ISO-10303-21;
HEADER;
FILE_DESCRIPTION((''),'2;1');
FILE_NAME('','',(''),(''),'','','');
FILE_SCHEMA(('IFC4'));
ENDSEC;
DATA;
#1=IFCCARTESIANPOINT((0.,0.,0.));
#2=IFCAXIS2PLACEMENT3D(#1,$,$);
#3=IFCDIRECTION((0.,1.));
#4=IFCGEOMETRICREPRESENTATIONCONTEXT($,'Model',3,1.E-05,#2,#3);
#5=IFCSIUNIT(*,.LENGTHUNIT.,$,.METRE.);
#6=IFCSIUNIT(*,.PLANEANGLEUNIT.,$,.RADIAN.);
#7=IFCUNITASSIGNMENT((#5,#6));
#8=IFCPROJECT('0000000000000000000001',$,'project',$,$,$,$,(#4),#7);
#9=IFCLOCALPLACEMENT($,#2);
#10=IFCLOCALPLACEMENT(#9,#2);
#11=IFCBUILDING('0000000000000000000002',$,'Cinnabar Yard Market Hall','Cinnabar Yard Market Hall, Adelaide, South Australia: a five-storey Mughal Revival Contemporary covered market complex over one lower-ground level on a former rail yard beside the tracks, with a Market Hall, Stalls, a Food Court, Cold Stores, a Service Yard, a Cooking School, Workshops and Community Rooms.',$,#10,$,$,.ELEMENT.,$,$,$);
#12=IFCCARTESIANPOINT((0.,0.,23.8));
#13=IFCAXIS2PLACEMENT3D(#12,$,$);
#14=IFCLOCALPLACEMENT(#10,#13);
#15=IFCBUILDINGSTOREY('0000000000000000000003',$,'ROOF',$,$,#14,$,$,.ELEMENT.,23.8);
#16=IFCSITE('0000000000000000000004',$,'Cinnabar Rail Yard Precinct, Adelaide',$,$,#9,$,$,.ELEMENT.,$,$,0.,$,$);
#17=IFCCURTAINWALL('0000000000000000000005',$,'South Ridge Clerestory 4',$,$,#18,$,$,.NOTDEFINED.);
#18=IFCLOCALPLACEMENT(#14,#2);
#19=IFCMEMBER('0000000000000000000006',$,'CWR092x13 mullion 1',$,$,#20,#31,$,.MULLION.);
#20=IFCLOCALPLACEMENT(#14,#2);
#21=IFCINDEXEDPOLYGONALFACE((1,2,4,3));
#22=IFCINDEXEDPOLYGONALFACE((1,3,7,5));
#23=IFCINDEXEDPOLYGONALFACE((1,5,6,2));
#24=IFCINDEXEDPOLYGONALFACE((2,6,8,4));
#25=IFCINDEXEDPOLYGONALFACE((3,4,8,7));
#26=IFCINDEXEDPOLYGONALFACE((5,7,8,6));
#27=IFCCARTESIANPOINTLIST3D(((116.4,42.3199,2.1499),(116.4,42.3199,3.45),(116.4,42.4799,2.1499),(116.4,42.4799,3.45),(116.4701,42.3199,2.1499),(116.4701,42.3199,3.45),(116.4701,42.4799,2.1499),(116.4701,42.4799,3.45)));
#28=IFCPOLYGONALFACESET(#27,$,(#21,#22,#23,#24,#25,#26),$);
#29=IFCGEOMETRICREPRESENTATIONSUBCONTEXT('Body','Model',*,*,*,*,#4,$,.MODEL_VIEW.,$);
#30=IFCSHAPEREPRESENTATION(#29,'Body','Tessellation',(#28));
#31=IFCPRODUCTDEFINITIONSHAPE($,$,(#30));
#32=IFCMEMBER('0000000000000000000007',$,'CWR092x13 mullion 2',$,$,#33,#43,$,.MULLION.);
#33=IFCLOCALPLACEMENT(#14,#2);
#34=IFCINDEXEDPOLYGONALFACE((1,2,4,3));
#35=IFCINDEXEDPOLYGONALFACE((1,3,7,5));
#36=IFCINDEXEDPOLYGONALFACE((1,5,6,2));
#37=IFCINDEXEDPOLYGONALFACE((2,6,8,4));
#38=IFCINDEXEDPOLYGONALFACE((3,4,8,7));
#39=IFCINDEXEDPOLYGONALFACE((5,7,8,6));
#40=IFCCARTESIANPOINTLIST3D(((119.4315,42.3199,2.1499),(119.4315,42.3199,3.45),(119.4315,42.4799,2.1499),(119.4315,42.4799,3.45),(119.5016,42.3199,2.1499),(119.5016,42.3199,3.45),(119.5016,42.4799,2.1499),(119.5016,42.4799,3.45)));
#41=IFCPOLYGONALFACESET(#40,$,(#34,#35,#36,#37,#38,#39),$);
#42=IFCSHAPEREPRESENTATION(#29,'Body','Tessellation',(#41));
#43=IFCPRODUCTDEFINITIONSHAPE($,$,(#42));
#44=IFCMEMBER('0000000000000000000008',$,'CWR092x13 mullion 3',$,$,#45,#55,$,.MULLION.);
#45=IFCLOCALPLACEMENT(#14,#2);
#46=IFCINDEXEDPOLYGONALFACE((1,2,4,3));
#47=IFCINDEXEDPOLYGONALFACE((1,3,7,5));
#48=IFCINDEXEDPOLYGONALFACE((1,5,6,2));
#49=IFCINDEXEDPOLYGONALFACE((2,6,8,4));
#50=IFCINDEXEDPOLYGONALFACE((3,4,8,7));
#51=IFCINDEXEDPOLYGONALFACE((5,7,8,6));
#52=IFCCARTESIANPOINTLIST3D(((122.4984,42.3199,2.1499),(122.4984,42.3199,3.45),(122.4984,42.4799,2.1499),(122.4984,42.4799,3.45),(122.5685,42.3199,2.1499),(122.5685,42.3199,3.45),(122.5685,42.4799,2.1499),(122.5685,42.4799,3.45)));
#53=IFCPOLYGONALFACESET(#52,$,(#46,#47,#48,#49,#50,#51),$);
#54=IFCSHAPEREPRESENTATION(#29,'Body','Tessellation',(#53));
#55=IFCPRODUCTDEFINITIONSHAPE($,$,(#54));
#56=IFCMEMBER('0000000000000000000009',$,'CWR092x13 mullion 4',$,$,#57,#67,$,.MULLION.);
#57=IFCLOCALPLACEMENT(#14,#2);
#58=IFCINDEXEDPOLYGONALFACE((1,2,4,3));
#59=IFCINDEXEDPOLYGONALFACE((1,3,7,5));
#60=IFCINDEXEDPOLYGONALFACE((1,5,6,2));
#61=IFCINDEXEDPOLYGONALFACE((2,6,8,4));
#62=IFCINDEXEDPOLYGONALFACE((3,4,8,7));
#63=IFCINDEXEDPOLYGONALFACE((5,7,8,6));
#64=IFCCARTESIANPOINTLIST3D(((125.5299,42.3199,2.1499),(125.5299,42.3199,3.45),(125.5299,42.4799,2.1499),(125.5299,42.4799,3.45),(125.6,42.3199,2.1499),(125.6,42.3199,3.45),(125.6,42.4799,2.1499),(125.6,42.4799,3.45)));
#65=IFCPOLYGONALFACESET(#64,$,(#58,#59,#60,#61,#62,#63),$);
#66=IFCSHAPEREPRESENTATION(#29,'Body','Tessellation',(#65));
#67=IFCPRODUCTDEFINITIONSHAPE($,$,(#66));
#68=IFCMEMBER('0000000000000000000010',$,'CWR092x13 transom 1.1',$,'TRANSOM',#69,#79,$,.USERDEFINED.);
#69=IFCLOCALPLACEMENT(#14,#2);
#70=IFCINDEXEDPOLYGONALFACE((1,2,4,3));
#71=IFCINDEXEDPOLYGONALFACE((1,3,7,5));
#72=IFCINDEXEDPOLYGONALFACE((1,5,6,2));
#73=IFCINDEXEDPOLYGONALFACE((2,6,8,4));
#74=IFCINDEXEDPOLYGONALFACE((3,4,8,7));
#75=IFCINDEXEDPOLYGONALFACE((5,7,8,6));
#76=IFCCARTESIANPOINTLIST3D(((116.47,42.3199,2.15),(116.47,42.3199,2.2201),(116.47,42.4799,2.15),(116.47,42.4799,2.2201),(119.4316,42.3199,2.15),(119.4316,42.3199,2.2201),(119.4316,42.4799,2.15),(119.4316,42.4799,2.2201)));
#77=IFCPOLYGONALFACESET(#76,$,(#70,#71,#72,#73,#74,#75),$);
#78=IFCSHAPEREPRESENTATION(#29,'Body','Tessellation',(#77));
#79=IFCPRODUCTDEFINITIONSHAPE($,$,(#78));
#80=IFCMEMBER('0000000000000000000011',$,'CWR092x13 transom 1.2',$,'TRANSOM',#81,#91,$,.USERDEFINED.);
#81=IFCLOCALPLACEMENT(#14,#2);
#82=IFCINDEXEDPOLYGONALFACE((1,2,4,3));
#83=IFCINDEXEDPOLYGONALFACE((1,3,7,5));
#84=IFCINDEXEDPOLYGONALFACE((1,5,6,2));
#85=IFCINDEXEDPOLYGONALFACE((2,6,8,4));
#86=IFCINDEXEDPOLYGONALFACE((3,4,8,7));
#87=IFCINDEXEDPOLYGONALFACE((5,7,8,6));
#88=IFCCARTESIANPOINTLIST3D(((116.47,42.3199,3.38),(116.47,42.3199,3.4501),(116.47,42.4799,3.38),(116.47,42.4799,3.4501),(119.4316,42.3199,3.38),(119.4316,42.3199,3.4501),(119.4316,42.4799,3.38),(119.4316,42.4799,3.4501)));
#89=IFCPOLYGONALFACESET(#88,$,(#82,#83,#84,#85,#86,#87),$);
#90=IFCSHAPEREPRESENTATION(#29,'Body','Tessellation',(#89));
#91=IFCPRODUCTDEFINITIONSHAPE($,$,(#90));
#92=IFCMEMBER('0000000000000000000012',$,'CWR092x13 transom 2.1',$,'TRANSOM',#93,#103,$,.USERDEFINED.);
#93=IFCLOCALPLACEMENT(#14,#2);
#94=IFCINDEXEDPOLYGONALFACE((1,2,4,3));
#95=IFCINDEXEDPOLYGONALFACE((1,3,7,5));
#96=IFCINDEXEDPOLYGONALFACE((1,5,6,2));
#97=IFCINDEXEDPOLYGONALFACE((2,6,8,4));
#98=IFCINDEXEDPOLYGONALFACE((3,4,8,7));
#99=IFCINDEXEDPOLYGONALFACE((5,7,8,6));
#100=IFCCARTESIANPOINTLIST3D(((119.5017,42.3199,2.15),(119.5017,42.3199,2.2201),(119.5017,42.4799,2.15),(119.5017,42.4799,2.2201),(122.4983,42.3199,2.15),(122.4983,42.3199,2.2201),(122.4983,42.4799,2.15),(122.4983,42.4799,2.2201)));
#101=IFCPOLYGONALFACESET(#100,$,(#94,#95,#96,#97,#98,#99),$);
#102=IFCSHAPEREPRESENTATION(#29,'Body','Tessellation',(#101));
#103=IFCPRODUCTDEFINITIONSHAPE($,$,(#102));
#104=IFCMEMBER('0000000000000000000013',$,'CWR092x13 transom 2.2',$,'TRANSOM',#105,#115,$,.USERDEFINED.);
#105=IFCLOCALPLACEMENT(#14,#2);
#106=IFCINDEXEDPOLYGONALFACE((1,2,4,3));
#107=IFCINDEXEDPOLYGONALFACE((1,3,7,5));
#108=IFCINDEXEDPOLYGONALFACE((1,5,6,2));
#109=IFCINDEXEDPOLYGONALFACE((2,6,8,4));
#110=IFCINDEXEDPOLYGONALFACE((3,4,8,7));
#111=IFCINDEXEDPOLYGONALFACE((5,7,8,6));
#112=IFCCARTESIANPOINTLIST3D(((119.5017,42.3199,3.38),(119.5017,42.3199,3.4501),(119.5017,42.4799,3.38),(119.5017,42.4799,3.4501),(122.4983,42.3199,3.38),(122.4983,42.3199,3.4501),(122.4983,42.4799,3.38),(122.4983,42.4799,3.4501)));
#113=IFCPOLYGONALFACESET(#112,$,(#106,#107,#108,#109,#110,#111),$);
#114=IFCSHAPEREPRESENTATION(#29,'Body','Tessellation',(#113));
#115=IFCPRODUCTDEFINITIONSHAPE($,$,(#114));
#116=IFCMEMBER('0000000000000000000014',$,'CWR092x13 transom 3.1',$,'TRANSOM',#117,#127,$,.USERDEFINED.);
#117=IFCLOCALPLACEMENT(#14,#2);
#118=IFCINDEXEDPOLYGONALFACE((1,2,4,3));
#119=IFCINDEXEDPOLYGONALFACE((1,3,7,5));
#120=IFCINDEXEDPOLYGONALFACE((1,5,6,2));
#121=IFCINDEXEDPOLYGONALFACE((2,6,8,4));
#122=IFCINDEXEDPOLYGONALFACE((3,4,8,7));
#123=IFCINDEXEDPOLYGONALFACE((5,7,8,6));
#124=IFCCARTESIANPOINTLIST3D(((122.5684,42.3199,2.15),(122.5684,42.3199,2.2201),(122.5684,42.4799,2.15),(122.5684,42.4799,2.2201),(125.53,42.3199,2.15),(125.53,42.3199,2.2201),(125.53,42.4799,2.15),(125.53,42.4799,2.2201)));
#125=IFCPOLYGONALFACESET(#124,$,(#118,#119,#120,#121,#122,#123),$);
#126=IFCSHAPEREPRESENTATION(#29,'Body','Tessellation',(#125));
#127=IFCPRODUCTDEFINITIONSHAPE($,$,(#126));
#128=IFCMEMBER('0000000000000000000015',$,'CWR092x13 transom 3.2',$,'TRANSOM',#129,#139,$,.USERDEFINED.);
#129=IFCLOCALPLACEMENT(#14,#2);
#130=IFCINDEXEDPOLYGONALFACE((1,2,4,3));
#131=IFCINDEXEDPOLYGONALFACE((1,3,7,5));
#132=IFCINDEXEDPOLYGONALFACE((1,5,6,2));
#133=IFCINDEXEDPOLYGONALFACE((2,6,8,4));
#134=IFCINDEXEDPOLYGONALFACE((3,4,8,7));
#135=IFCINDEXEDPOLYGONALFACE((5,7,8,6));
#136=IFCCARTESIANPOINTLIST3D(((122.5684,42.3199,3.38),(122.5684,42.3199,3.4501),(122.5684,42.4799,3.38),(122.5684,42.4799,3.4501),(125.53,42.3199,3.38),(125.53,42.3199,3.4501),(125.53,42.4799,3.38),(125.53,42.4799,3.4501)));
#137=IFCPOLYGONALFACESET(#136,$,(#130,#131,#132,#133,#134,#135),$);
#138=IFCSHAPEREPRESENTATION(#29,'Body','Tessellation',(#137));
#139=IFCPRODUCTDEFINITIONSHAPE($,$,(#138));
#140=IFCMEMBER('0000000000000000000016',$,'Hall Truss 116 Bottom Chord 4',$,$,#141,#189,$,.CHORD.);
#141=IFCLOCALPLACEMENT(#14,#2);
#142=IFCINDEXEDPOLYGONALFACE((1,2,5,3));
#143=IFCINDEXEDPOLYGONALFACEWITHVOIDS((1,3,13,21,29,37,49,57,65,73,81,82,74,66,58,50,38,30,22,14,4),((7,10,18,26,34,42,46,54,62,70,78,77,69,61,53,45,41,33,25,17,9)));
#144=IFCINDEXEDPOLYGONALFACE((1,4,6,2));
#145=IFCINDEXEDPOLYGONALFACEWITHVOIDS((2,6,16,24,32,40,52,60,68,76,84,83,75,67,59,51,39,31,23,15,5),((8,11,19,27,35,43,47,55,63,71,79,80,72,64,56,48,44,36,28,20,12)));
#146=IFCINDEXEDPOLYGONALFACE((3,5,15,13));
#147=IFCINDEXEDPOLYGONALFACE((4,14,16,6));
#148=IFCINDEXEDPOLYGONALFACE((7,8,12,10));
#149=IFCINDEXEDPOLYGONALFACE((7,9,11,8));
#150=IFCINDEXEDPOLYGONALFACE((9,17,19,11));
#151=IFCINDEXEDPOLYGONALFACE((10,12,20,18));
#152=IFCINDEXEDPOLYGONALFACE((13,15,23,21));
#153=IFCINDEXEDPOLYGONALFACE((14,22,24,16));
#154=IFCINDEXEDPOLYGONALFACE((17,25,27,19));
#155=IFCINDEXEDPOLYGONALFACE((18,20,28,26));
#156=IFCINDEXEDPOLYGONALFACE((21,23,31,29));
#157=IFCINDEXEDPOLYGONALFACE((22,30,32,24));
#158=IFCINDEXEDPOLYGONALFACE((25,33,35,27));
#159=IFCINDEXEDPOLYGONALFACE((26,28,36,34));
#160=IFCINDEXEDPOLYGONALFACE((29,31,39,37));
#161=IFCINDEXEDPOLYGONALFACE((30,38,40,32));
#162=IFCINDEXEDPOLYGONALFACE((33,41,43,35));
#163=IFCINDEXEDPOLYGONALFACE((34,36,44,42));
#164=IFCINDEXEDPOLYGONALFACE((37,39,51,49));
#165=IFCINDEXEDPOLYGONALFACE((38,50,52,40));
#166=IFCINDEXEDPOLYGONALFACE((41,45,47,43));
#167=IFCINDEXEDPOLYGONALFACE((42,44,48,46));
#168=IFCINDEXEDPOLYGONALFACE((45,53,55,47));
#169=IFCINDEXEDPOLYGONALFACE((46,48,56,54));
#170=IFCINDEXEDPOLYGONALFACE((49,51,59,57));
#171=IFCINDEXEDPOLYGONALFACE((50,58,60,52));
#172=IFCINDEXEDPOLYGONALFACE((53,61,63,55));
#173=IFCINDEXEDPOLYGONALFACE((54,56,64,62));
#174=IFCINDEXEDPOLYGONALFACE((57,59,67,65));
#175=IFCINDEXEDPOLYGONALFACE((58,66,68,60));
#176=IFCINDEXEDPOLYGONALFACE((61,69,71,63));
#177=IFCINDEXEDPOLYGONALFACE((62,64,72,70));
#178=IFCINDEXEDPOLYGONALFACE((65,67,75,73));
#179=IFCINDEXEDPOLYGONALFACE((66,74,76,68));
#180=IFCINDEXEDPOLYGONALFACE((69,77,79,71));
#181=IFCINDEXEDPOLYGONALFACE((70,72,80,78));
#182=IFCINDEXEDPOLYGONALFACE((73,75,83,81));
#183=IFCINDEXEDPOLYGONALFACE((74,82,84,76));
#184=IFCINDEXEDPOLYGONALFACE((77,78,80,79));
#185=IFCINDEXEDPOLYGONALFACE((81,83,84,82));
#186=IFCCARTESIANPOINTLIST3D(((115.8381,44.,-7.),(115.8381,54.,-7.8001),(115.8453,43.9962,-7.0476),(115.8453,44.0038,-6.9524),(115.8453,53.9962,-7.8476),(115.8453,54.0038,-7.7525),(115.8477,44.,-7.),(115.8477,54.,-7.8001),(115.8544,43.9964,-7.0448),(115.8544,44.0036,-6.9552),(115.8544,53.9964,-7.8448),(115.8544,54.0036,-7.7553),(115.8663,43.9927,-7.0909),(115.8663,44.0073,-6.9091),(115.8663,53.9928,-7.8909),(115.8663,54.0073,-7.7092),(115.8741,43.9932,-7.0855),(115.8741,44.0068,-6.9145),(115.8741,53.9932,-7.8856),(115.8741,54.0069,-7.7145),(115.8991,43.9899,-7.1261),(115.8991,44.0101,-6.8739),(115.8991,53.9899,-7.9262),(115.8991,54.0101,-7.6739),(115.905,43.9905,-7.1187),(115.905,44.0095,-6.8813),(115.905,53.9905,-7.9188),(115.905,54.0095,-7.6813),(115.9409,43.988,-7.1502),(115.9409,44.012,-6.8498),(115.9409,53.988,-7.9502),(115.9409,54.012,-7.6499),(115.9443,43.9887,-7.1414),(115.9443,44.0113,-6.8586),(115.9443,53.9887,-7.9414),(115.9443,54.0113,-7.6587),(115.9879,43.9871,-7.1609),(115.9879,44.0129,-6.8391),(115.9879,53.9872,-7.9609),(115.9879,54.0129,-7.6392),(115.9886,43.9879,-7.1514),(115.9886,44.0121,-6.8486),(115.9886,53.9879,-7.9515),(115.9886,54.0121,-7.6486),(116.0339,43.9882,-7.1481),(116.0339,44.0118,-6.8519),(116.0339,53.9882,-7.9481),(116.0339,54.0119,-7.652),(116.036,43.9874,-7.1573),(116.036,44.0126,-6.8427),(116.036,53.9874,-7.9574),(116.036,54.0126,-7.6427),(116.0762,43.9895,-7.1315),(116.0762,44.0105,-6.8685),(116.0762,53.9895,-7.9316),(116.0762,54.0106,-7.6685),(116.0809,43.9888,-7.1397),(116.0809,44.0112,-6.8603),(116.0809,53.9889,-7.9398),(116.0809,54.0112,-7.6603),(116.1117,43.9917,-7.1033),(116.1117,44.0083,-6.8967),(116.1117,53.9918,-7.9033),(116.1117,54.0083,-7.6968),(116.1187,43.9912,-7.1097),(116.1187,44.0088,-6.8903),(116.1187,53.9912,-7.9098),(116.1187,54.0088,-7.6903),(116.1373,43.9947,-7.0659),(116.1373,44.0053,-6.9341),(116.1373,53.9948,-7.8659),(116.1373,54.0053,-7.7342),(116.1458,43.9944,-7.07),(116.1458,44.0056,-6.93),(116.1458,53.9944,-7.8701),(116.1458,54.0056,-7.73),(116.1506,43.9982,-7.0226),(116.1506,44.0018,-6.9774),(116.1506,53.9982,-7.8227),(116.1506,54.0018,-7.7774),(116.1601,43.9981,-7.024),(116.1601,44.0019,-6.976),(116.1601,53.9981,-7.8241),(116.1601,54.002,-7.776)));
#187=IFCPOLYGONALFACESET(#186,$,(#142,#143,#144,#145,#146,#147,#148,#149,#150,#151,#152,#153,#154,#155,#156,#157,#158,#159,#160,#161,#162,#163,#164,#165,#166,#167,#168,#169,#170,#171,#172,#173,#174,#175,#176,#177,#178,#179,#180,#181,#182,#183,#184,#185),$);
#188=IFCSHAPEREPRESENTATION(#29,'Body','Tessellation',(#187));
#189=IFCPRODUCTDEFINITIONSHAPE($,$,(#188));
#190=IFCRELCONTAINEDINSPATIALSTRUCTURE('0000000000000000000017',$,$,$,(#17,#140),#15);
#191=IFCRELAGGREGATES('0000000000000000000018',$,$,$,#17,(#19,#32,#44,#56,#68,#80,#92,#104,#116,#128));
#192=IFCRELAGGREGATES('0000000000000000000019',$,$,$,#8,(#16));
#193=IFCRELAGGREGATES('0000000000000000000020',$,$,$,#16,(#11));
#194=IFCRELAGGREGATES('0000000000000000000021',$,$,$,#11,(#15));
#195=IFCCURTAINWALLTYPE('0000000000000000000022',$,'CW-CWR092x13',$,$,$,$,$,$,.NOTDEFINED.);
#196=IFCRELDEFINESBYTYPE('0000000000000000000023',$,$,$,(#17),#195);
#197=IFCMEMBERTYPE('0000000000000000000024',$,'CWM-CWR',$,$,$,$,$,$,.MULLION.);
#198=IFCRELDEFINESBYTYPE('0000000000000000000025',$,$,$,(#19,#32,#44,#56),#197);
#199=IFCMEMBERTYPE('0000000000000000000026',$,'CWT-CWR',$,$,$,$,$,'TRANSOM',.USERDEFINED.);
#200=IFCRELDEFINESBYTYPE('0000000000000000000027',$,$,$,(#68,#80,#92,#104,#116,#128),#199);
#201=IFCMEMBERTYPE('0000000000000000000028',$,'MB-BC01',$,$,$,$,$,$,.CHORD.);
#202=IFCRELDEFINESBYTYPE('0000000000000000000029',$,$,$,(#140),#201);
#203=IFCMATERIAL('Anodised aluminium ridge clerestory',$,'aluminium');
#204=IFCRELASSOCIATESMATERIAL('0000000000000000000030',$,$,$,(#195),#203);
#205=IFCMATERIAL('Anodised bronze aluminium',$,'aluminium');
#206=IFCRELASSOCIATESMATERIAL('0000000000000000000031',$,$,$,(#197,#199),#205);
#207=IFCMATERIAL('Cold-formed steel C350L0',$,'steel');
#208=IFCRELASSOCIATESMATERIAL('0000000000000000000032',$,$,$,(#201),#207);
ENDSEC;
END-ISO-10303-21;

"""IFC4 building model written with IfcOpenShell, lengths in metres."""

from ifc_helpers import new_model, si_unit, direction, frame, origin, origin_2d_with_axis, place, context, subcontext, project, spatial, rectangle, hollow_circle, extrude, material, material_profile, profile_set, type_object, element, aggregate, save


model = new_model("IFC4")

# Units and contexts
model_context = context("Model", 3, precision=1e-05, world=origin(), true_north=direction((0.0, 1.0)))
body_context = subcontext(model_context, "Body", "Model", "MODEL_VIEW")
ifc_project = project(units=[si_unit("LENGTHUNIT", "METRE"), si_unit("PLANEANGLEUNIT", "RADIAN")], contexts=[model_context])

# Site, building, storey
site_placement = place(None, origin())
site = spatial("IfcSite", under=ifc_project, at=site_placement, Name="Cinnabar Rail Yard Precinct, Adelaide", CompositionType="ELEMENT", RefElevation=0.0)
building_placement = place(site_placement, origin())
building = spatial("IfcBuilding", under=site, at=building_placement, Name="Cinnabar Yard Market Hall", Description="Cinnabar Yard Market Hall, Adelaide, South Australia: a five-storey Mughal Revival Contemporary covered market complex over one lower-ground level on a former rail yard beside the tracks, with a Market Hall, Stalls, a Food Court, Cold Stores, a Service Yard, a Cooking School, Workshops and Community Rooms.", CompositionType="ELEMENT")
storey_placement = place(building_placement, frame((0.0, 0.0, 23.8)))
storey = spatial("IfcBuildingStorey", under=building, at=storey_placement, Name="ROOF", CompositionType="ELEMENT", Elevation=23.8)

# Shared definitions
ifc_material_1 = material(Name="Anodised aluminium ridge clerestory", Category="aluminium")
curtain_wall_type = type_object("IfcCurtainWallType", Name="CW-CWR092x13", PredefinedType="NOTDEFINED", material=ifc_material_1)
ifc_material_2 = material(Name="Anodised bronze aluminium", Category="aluminium")
ifc_material_profile_1 = material_profile(ifc_material_2, rectangle(XDim=0.1599, YDim=0.0701, at=origin_2d_with_axis()), Name="MUL-CWR")
ifc_profile_set_1 = profile_set([ifc_material_profile_1], Name="Anodised bronze aluminium")
member_type_1 = type_object("IfcMemberType", Name="CWM-CWR", PredefinedType="MULLION", material=ifc_profile_set_1)

# Curtain wall, members
curtain_wall_1_placement = place(storey_placement, origin())
curtain_wall_1 = element("IfcCurtainWall", 1, at=curtain_wall_1_placement, inside=storey, type_object=curtain_wall_type, Name="South Ridge Clerestory 4", PredefinedType="NOTDEFINED")
member_1_placement = place(storey_placement, frame((116.4351, 42.3999, 2.1499), z_axis=(0.0, 0.0, 1.0), x_axis=(0.0, 1.0, 0.0)))
member_1 = element("IfcMember", 2, at=member_1_placement, type_object=member_type_1, Name="CWR092x13 mullion 1", PredefinedType="MULLION", context=body_context, shape_type="SweptSolid", body=[
    extrude(rectangle(XDim=0.1599, YDim=0.0701, at=origin_2d_with_axis()), origin(), (0.0, 0.0, 1.0), 1.3),
])
member_2_placement = place(storey_placement, frame((119.4666, 42.3999, 2.1499), z_axis=(0.0, 0.0, 1.0), x_axis=(0.0, 1.0, 0.0)))
member_2 = element("IfcMember", 3, at=member_2_placement, type_object=member_type_1, Name="CWR092x13 mullion 2", PredefinedType="MULLION", context=body_context, shape_type="SweptSolid", body=[
    extrude(rectangle(XDim=0.1599, YDim=0.0701, at=origin_2d_with_axis()), origin(), (0.0, 0.0, 1.0), 1.3),
])
member_3_placement = place(storey_placement, frame((122.5334, 42.3999, 2.1499), z_axis=(0.0, 0.0, 1.0), x_axis=(0.0, 1.0, 0.0)))
member_3 = element("IfcMember", 4, at=member_3_placement, type_object=member_type_1, Name="CWR092x13 mullion 3", PredefinedType="MULLION", context=body_context, shape_type="SweptSolid", body=[
    extrude(rectangle(XDim=0.1599, YDim=0.0701, at=origin_2d_with_axis()), origin(), (0.0, 0.0, 1.0), 1.3),
])
member_4_placement = place(storey_placement, frame((125.5649, 42.3999, 2.1499), z_axis=(0.0, 0.0, 1.0), x_axis=(0.0, 1.0, 0.0)))
member_4 = element("IfcMember", 5, at=member_4_placement, type_object=member_type_1, Name="CWR092x13 mullion 4", PredefinedType="MULLION", context=body_context, shape_type="SweptSolid", body=[
    extrude(rectangle(XDim=0.1599, YDim=0.0701, at=origin_2d_with_axis()), origin(), (0.0, 0.0, 1.0), 1.3),
])
ifc_material_profile_2 = material_profile(ifc_material_2, rectangle(XDim=0.1599, YDim=0.0701, at=origin_2d_with_axis()), Name="TRN-CWR")
ifc_profile_set_2 = profile_set([ifc_material_profile_2], Name="Anodised bronze aluminium")
member_type_2 = type_object("IfcMemberType", Name="CWT-CWR", ElementType="TRANSOM", PredefinedType="USERDEFINED", material=ifc_profile_set_2)
member_5_placement = place(storey_placement, frame((116.47, 42.3999, 2.1851), z_axis=(1.0, 0.0, 0.0), x_axis=(0.0, 1.0, 0.0)))
member_5 = element("IfcMember", 6, at=member_5_placement, type_object=member_type_2, Name="CWR092x13 transom 1.1", ObjectType="TRANSOM", PredefinedType="USERDEFINED", context=body_context, shape_type="SweptSolid", body=[
    extrude(rectangle(XDim=0.1599, YDim=0.0701, at=origin_2d_with_axis()), origin(), (0.0, 0.0, 1.0), 2.9617),
])
member_6_placement = place(storey_placement, frame((116.47, 42.3999, 3.415), z_axis=(1.0, 0.0, 0.0), x_axis=(0.0, 1.0, 0.0)))
member_6 = element("IfcMember", 7, at=member_6_placement, type_object=member_type_2, Name="CWR092x13 transom 1.2", ObjectType="TRANSOM", PredefinedType="USERDEFINED", context=body_context, shape_type="SweptSolid", body=[
    extrude(rectangle(XDim=0.1599, YDim=0.0701, at=origin_2d_with_axis()), origin(), (0.0, 0.0, 1.0), 2.9617),
])
member_7_placement = place(storey_placement, frame((119.5017, 42.3999, 2.1851), z_axis=(1.0, 0.0, 0.0), x_axis=(0.0, 1.0, 0.0)))
member_7 = element("IfcMember", 8, at=member_7_placement, type_object=member_type_2, Name="CWR092x13 transom 2.1", ObjectType="TRANSOM", PredefinedType="USERDEFINED", context=body_context, shape_type="SweptSolid", body=[
    extrude(rectangle(XDim=0.1599, YDim=0.0701, at=origin_2d_with_axis()), origin(), (0.0, 0.0, 1.0), 2.9966),
])
member_8_placement = place(storey_placement, frame((119.5017, 42.3999, 3.415), z_axis=(1.0, 0.0, 0.0), x_axis=(0.0, 1.0, 0.0)))
member_8 = element("IfcMember", 9, at=member_8_placement, type_object=member_type_2, Name="CWR092x13 transom 2.2", ObjectType="TRANSOM", PredefinedType="USERDEFINED", context=body_context, shape_type="SweptSolid", body=[
    extrude(rectangle(XDim=0.1599, YDim=0.0701, at=origin_2d_with_axis()), origin(), (0.0, 0.0, 1.0), 2.9966),
])
member_9_placement = place(storey_placement, frame((122.5684, 42.3999, 2.1851), z_axis=(1.0, 0.0, 0.0), x_axis=(0.0, 1.0, 0.0)))
member_9 = element("IfcMember", 10, at=member_9_placement, type_object=member_type_2, Name="CWR092x13 transom 3.1", ObjectType="TRANSOM", PredefinedType="USERDEFINED", context=body_context, shape_type="SweptSolid", body=[
    extrude(rectangle(XDim=0.1599, YDim=0.0701, at=origin_2d_with_axis()), origin(), (0.0, 0.0, 1.0), 2.9617),
])
member_10_placement = place(storey_placement, frame((122.5684, 42.3999, 3.415), z_axis=(1.0, 0.0, 0.0), x_axis=(0.0, 1.0, 0.0)))
member_10 = element("IfcMember", 11, at=member_10_placement, type_object=member_type_2, Name="CWR092x13 transom 3.2", ObjectType="TRANSOM", PredefinedType="USERDEFINED", context=body_context, shape_type="SweptSolid", body=[
    extrude(rectangle(XDim=0.1599, YDim=0.0701, at=origin_2d_with_axis()), origin(), (0.0, 0.0, 1.0), 2.9617),
])

# Member
ifc_material_3 = material(Name="Cold-formed steel C350L0", Category="steel")
ifc_material_profile_3 = material_profile(ifc_material_3, hollow_circle(Radius=0.1619, WallThickness=0.0095, at=origin_2d_with_axis()), Name="323.9x9.5CHS")
ifc_profile_set_3 = profile_set([ifc_material_profile_3], Name="Cold-formed steel C350L0")
member_type_3 = type_object("IfcMemberType", Name="MB-BC01", PredefinedType="CHORD", material=ifc_profile_set_3)
member_11_placement = place(storey_placement, frame((116.0, 44.0, -7.0), z_axis=(0.0, 0.996815, -0.07975), x_axis=(-1.0, 0.0, 0.0)))
element("IfcMember", 12, at=member_11_placement, inside=storey, type_object=member_type_3, Name="Hall Truss 116 Bottom Chord 4", PredefinedType="CHORD", context=body_context, shape_type="SweptSolid", body=[
    extrude(hollow_circle(Radius=0.1619, WallThickness=0.0095, at=origin_2d_with_axis()), origin(), (0.0, 0.0, 1.0), 10.032),
])

aggregate(curtain_wall_1, [member_1, member_2, member_3, member_4, member_5, member_6, member_7, member_8, member_9, member_10])

save(model, "model.ifc")
